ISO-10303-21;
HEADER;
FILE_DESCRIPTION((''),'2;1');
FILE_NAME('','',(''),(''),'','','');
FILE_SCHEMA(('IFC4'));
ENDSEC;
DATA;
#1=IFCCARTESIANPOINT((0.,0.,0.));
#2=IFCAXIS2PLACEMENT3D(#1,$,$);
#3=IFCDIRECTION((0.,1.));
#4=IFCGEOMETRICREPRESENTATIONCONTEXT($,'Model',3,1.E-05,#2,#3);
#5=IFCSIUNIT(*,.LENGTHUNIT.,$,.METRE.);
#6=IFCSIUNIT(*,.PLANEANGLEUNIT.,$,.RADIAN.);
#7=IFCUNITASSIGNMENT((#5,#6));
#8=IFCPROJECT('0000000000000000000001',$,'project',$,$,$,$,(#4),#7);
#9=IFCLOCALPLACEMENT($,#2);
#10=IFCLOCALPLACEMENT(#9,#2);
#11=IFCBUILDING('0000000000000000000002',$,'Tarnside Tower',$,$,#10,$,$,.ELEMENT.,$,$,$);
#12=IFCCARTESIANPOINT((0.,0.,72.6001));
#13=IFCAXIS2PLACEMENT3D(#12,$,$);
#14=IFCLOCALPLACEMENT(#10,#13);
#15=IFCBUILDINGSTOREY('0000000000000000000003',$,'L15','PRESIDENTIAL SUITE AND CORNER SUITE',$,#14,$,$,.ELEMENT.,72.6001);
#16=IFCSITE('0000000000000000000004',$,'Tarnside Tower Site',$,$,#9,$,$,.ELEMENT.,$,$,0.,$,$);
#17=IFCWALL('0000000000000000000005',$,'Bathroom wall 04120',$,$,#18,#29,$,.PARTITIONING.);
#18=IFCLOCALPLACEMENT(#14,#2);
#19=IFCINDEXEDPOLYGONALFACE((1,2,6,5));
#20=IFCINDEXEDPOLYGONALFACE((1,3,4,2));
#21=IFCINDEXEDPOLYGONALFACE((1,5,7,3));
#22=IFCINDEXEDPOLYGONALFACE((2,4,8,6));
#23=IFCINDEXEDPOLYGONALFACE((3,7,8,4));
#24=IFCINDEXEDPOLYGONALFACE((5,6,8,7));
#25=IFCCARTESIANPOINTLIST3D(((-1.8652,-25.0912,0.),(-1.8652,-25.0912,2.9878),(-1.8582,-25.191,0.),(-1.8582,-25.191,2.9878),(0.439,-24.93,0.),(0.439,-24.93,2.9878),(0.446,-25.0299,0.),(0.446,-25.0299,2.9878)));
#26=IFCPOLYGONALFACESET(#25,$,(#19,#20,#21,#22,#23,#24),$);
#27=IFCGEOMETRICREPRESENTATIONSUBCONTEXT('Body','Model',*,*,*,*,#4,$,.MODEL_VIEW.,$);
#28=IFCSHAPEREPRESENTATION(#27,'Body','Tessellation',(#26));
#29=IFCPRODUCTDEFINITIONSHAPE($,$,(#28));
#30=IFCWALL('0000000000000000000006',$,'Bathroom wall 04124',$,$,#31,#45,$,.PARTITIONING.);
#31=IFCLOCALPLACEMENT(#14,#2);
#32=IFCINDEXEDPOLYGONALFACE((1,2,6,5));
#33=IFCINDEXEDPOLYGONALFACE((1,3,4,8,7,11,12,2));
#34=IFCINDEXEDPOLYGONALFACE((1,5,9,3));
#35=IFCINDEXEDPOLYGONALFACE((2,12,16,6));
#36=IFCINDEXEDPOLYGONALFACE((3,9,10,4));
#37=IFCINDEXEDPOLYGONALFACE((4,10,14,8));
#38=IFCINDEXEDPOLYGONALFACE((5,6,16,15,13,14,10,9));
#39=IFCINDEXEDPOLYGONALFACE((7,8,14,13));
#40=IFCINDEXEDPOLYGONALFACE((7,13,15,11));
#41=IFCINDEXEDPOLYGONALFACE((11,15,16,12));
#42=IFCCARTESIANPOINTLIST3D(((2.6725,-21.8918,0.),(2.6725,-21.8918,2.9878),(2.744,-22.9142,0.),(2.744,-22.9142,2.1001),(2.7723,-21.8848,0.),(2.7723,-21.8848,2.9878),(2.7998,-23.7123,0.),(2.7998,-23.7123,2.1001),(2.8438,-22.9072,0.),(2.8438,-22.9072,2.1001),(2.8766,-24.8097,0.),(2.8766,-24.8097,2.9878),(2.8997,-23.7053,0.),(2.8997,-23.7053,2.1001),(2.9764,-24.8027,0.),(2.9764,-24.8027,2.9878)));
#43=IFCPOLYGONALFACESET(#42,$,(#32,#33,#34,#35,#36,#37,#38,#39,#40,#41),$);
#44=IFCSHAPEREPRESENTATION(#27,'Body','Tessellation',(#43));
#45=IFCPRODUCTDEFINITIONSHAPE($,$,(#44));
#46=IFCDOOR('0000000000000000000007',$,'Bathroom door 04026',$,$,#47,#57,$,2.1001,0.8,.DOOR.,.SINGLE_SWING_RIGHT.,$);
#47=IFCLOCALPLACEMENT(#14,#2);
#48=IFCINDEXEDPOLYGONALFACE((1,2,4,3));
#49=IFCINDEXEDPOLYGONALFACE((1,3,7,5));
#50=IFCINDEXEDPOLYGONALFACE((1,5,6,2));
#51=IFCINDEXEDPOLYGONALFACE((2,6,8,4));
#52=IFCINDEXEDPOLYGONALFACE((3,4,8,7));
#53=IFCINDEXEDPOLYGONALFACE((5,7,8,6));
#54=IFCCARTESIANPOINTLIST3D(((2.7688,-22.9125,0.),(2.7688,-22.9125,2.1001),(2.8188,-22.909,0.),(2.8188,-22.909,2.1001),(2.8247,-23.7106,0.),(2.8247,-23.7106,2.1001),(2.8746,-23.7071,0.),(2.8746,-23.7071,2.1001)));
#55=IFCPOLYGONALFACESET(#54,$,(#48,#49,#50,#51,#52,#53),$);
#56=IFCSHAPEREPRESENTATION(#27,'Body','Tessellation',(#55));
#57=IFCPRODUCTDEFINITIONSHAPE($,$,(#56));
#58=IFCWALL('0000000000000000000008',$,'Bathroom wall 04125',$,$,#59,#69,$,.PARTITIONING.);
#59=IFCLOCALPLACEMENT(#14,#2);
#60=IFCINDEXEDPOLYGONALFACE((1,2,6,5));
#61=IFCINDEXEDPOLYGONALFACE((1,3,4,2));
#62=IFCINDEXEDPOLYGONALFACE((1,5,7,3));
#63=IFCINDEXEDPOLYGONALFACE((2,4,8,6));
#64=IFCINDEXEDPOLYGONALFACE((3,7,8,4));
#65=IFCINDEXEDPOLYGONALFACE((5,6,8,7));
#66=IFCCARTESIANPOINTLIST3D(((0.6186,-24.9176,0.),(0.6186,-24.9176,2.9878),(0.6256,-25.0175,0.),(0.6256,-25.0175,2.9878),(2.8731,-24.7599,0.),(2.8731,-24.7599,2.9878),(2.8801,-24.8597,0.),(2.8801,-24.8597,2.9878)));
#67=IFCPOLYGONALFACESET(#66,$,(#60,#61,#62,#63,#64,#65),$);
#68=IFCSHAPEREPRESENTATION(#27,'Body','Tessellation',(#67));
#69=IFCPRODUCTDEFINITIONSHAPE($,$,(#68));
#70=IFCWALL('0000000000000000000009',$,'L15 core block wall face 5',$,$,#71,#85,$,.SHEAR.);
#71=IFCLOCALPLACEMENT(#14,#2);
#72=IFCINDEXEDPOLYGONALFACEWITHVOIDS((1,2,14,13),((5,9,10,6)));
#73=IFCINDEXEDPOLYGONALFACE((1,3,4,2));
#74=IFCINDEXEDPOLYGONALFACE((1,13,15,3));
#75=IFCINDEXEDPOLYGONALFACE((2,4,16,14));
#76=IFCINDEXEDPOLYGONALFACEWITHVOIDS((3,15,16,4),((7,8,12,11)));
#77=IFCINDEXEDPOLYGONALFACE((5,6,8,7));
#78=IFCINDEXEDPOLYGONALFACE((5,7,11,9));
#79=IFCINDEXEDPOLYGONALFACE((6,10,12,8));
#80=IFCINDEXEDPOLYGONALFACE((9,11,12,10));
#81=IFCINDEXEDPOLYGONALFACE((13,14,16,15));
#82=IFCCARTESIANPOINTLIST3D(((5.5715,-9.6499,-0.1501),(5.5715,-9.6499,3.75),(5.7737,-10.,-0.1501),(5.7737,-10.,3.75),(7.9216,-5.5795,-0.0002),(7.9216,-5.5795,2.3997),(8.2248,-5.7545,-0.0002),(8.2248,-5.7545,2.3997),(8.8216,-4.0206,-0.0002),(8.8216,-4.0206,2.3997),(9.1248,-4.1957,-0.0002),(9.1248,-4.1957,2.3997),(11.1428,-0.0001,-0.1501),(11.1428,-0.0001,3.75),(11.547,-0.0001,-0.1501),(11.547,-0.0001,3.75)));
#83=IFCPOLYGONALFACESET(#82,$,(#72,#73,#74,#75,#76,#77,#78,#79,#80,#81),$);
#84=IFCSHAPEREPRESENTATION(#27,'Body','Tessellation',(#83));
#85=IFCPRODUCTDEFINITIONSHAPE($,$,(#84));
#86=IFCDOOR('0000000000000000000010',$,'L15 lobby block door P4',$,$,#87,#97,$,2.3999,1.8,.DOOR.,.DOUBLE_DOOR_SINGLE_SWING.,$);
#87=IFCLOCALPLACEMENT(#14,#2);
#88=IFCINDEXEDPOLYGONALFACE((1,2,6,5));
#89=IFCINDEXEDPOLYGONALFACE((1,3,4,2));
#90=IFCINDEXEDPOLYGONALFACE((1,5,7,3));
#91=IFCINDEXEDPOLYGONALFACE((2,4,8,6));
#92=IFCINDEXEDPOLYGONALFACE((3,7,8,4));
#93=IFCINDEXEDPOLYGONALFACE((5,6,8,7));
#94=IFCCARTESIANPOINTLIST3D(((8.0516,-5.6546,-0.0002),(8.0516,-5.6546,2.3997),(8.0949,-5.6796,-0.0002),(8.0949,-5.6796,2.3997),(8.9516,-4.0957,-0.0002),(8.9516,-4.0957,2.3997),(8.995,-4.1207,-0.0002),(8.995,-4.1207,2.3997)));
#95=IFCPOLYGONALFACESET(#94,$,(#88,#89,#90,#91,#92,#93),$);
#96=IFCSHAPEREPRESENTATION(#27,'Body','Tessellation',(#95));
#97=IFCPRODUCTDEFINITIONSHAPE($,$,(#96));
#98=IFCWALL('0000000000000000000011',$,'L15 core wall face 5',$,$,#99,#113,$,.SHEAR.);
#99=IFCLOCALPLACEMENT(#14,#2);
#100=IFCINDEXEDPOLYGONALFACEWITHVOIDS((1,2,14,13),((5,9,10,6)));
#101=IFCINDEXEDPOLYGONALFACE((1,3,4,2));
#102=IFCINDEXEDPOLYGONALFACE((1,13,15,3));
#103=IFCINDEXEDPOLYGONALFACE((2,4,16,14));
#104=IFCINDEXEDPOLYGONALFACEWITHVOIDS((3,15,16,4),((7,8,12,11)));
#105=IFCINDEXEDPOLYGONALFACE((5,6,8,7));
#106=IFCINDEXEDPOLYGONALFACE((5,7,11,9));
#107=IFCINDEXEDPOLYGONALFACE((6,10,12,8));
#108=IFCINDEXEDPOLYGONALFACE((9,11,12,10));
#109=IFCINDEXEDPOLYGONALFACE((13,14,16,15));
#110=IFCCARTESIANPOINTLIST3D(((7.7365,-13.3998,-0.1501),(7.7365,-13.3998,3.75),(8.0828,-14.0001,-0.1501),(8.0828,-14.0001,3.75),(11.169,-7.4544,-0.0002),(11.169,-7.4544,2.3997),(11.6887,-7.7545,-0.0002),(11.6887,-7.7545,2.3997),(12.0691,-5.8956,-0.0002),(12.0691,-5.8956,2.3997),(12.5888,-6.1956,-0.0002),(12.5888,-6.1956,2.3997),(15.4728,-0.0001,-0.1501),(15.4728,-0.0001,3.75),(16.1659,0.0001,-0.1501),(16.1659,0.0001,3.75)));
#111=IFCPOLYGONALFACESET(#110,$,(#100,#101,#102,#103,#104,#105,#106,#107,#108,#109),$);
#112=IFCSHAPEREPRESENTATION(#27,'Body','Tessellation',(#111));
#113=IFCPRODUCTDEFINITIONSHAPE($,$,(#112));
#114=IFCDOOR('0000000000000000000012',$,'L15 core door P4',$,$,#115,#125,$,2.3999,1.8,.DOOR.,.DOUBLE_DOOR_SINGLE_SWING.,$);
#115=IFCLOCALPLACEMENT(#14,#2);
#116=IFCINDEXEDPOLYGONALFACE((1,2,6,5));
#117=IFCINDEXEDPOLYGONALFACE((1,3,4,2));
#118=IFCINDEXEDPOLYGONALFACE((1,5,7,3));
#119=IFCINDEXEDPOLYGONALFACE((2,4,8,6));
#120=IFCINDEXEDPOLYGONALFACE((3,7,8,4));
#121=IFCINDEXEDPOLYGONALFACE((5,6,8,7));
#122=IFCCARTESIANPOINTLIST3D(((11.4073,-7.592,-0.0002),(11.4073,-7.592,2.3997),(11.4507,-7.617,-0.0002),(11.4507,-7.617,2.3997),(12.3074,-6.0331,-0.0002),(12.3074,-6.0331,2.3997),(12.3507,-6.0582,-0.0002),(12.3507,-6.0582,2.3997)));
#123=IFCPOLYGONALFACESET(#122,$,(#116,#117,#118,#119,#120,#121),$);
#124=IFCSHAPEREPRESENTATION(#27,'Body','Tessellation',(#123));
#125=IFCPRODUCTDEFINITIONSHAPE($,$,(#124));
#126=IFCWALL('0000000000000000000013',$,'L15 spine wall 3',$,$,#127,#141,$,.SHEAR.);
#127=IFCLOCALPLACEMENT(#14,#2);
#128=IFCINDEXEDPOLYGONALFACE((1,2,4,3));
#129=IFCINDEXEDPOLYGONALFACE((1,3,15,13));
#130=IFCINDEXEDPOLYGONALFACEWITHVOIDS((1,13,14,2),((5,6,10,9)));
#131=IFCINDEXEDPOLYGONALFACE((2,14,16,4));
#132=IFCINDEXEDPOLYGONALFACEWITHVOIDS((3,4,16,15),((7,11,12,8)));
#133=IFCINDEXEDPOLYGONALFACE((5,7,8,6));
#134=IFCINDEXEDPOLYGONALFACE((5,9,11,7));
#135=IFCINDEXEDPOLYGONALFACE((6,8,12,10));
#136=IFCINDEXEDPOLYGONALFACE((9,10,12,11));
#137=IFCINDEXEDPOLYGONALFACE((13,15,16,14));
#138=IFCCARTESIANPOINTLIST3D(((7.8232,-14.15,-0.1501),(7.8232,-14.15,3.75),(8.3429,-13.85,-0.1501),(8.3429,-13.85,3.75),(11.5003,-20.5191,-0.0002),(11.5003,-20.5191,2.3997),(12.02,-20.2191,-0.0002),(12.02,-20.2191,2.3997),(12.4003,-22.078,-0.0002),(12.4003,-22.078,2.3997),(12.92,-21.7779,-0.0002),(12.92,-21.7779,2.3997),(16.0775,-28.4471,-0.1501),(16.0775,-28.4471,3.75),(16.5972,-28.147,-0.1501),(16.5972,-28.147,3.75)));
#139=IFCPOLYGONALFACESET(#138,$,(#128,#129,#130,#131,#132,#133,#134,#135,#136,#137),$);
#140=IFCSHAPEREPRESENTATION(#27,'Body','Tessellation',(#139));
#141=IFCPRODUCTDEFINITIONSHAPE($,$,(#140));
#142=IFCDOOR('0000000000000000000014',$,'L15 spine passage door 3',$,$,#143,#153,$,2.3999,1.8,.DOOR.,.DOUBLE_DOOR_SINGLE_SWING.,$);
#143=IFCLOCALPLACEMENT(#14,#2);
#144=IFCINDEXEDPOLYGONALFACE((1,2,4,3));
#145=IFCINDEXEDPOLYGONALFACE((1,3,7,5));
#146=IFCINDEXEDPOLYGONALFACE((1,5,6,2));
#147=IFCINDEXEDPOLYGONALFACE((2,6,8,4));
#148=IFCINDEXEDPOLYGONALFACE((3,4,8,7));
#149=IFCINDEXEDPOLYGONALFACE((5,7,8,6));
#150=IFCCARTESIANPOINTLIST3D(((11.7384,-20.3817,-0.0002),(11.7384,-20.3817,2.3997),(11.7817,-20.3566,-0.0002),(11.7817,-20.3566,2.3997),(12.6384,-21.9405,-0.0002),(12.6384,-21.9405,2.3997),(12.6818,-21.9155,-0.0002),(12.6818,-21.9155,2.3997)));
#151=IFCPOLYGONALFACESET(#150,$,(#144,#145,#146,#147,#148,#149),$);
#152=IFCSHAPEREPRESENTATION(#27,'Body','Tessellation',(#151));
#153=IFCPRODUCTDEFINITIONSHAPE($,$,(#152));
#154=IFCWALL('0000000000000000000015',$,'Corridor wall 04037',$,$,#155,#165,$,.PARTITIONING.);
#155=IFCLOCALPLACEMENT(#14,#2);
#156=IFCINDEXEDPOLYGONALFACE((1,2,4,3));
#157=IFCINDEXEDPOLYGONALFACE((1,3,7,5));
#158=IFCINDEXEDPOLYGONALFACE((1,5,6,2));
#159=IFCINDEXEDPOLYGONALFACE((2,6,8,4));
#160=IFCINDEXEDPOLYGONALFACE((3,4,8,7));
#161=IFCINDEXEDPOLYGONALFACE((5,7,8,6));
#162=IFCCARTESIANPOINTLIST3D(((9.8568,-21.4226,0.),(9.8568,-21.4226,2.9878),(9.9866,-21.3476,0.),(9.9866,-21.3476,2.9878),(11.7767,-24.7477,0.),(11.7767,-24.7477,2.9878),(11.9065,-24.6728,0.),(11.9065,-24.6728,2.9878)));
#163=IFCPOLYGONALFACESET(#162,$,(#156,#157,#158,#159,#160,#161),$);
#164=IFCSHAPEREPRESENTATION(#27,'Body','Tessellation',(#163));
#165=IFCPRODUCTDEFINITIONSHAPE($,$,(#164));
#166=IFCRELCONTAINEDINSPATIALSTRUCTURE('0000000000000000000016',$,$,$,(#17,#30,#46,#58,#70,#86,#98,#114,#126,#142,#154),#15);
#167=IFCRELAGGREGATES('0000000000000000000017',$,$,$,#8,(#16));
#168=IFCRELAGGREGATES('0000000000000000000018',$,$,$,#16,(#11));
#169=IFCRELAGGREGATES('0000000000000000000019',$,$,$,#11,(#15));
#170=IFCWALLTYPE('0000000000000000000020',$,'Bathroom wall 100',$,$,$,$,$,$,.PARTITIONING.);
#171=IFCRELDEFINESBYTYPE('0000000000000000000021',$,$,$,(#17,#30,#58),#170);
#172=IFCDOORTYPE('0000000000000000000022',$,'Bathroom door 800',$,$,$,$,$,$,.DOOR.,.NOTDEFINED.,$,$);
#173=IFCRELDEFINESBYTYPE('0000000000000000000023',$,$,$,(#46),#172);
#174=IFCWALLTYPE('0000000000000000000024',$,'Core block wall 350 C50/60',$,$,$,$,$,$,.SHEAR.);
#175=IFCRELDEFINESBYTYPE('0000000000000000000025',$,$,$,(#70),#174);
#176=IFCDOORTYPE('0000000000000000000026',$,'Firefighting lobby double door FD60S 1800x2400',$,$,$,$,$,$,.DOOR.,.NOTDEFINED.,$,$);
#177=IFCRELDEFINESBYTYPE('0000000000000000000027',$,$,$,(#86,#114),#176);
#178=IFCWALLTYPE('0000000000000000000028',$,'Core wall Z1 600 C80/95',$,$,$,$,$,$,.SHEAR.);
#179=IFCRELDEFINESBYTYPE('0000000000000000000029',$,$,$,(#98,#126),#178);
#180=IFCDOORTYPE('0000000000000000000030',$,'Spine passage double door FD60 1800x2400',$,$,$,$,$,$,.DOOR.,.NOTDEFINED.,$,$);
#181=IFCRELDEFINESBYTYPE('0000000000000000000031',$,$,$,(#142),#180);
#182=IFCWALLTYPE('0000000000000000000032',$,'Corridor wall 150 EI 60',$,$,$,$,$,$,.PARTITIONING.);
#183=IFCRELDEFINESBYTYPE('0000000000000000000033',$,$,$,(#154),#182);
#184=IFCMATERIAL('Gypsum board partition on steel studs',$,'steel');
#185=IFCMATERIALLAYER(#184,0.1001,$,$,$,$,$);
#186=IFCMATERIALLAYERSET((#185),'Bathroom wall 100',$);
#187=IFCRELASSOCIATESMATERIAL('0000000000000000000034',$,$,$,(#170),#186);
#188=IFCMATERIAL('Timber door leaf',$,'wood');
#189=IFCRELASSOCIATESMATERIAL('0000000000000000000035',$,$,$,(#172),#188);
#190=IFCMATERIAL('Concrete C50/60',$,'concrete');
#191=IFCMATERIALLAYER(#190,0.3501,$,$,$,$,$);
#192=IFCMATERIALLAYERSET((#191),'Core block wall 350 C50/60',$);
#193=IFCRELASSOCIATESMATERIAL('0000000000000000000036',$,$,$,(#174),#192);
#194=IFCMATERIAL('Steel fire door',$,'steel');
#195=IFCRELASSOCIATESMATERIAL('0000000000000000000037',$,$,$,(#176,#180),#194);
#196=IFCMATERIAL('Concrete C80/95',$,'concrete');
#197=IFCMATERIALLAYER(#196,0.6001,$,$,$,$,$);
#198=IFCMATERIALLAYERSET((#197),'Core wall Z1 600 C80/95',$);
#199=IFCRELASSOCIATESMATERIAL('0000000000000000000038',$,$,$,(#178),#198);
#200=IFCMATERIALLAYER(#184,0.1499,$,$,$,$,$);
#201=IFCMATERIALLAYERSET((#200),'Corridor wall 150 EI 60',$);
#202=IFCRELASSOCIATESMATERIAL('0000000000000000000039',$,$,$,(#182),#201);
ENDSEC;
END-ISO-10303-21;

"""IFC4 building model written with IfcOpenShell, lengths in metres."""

from ifc_helpers import new_model, si_unit, direction, frame, frame_2d, origin, place, context, subcontext, project, spatial, polyline, rectangle, outline, extrude, material, layer, layer_set, type_object, element, fill, save


model = new_model("IFC4")

# Units and contexts
model_context = context("Model", 3, precision=1e-05, world=origin(), true_north=direction((0.0, 1.0)))
body_context = subcontext(model_context, "Body", "Model", "MODEL_VIEW")
ifc_project = project(units=[si_unit("LENGTHUNIT", "METRE"), si_unit("PLANEANGLEUNIT", "RADIAN")], contexts=[model_context])

# Site, building, storey
site_placement = place(None, origin())
site = spatial("IfcSite", under=ifc_project, at=site_placement, Name="Tarnside Tower Site", CompositionType="ELEMENT", RefElevation=0.0)
building_placement = place(site_placement, origin())
building = spatial("IfcBuilding", under=site, at=building_placement, Name="Tarnside Tower", CompositionType="ELEMENT")
storey_placement = place(building_placement, frame((0.0, 0.0, 72.6001)))
storey = spatial("IfcBuildingStorey", under=building, at=storey_placement, Name="L15", Description="PRESIDENTIAL SUITE AND CORNER SUITE", CompositionType="ELEMENT", Elevation=72.6001)

# Wall
ifc_material_1 = material(Name="Gypsum board partition on steel studs", Category="steel")
ifc_layer_1 = layer(ifc_material_1, 0.1001)
ifc_layer_set_1 = layer_set([ifc_layer_1], Name="Bathroom wall 100")
wall_type_1 = type_object("IfcWallType", Name="Bathroom wall 100", PredefinedType="PARTITIONING", material=ifc_layer_set_1)
wall_1_placement = place(storey_placement, frame((0.4424, -24.98, 0.0), z_axis=(0.0, 0.0, 1.0), x_axis=(-0.997564, -0.06976, 0.0)))
element("IfcWall", 1, at=wall_1_placement, inside=storey, type_object=wall_type_1, Name="Bathroom wall 04120", PredefinedType="PARTITIONING", context=body_context, shape_type="SweptSolid", body=[
    extrude(rectangle(XDim=2.3098, YDim=0.1001, at=frame_2d((1.1548, 0.0))), origin(), (0.0, 0.0, 1.0), 2.9878),
])

# Wall, opening, door
wall_2_placement = place(storey_placement, frame((2.7224, -21.8884, 0.0), z_axis=(0.0, 0.0, 1.0), x_axis=(0.069776, -0.997563, 0.0)))
wall_2 = element("IfcWall", 2, at=wall_2_placement, inside=storey, type_object=wall_type_1, Name="Bathroom wall 04124", PredefinedType="PARTITIONING", context=body_context, shape_type="SweptSolid", body=[
    extrude(rectangle(XDim=2.925, YDim=0.1001, at=frame_2d((1.4624, 0.0))), origin(), (0.0, 0.0, 1.0), 2.9878),
])
opening_1_placement = place(wall_2_placement, frame((1.0249, 0.0, 0.0)))
opening_1 = element("IfcOpeningElement", 3, at=opening_1_placement, cuts=wall_2, PredefinedType="OPENING", context=body_context, shape_type="SweptSolid", body=[
    extrude(rectangle(XDim=0.8, YDim=2.1001, at=frame_2d((0.3999, 1.05))), frame((0.0, 0.0601, 0.0), z_axis=(0.0, -1.0, 0.0), x_axis=(1.0, 0.0, 0.0)), (0.0, 0.0, 1.0), 0.1201),
])
ifc_material_2 = material(Name="Timber door leaf", Category="wood")
door_type_1 = type_object("IfcDoorType", Name="Bathroom door 800", OperationType="NOTDEFINED", PredefinedType="DOOR", material=ifc_material_2)
door_1_placement = place(opening_1_placement, origin())
door_1 = element("IfcDoor", 4, at=door_1_placement, inside=storey, type_object=door_type_1, Name="Bathroom door 04026", OperationType="SINGLE_SWING_RIGHT", OverallHeight=2.1001, OverallWidth=0.8, PredefinedType="DOOR", context=body_context, shape_type="SweptSolid", body=[
    extrude(rectangle(XDim=0.8, YDim=2.1001, at=frame_2d((0.3999, 1.05))), frame((0.0, 0.0249, 0.0), z_axis=(0.0, -1.0, 0.0), x_axis=(1.0, 0.0, 0.0)), (0.0, 0.0, 1.0), 0.05),
])
fill(opening_1, door_1)

# Wall
wall_3_placement = place(storey_placement, frame((2.8765, -24.8098, 0.0), z_axis=(0.0, 0.0, 1.0), x_axis=(-0.997562, -0.069788, 0.0)))
element("IfcWall", 5, at=wall_3_placement, inside=storey, type_object=wall_type_1, Name="Bathroom wall 04125", PredefinedType="PARTITIONING", context=body_context, shape_type="SweptSolid", body=[
    extrude(rectangle(XDim=2.26, YDim=0.1001, at=frame_2d((1.1299, 0.0))), origin(), (0.0, 0.0, 1.0), 2.9878),
])

# Walls, openings, doors
ifc_material_3 = material(Name="Concrete C50/60", Category="concrete")
ifc_layer_2 = layer(ifc_material_3, 0.3501)
ifc_layer_set_2 = layer_set([ifc_layer_2], Name="Core block wall 350 C50/60")
wall_type_2 = type_object("IfcWallType", Name="Core block wall 350 C50/60", PredefinedType="SHEAR", material=ifc_layer_set_2)
wall_4_placement = place(storey_placement, frame((5.6726, -9.825, -0.1501), z_axis=(0.0, 0.0, 1.0), x_axis=(0.499995, 0.866028, 0.0)))
wall_4 = element("IfcWall", 6, at=wall_4_placement, inside=storey, type_object=wall_type_2, Name="L15 core block wall face 5", PredefinedType="SHEAR", context=body_context, shape_type="SweptSolid", body=[
    extrude(outline(polyline([(-0.1011, -0.175), (11.4458, -0.175), (11.2437, 0.175), (0.1011, 0.175), (-0.1011, -0.175)])), origin(), (0.0, 0.0, 1.0), 3.9001),
])
opening_2_placement = place(wall_4_placement, frame((4.8013, 0.0, 0.1499)))
opening_2 = element("IfcOpeningElement", 7, at=opening_2_placement, cuts=wall_4, PredefinedType="OPENING", context=body_context, shape_type="SweptSolid", body=[
    extrude(rectangle(XDim=1.8, YDim=2.3999, at=frame_2d((0.8999, 1.2))), frame((0.0, 0.1851, 0.0), z_axis=(0.0, -1.0, 0.0), x_axis=(1.0, 0.0, 0.0)), (0.0, 0.0, 1.0), 0.3701),
])
ifc_material_4 = material(Name="Steel fire door", Category="steel")
door_type_2 = type_object("IfcDoorType", Name="Firefighting lobby double door FD60S 1800x2400", OperationType="NOTDEFINED", PredefinedType="DOOR", material=ifc_material_4)
door_2_placement = place(opening_2_placement, origin())
door_2 = element("IfcDoor", 8, at=door_2_placement, inside=storey, type_object=door_type_2, Name="L15 lobby block door P4", OperationType="DOUBLE_DOOR_SINGLE_SWING", OverallHeight=2.3999, OverallWidth=1.8, PredefinedType="DOOR", context=body_context, shape_type="SweptSolid", body=[
    extrude(rectangle(XDim=1.8, YDim=2.3999, at=frame_2d((0.8999, 1.2))), frame((0.0, 0.0249, 0.0), z_axis=(0.0, -1.0, 0.0), x_axis=(1.0, 0.0, 0.0)), (0.0, 0.0, 1.0), 0.05),
])
fill(opening_2, door_2)
ifc_material_5 = material(Name="Concrete C80/95", Category="concrete")
ifc_layer_3 = layer(ifc_material_5, 0.6001)
ifc_layer_set_3 = layer_set([ifc_layer_3], Name="Core wall Z1 600 C80/95")
wall_type_3 = type_object("IfcWallType", Name="Core wall Z1 600 C80/95", PredefinedType="SHEAR", material=ifc_layer_set_3)
wall_5_placement = place(storey_placement, frame((7.9097, -13.7, -0.1501), z_axis=(0.0, 0.0, 1.0), x_axis=(0.5, 0.866025, 0.0)))
wall_5 = element("IfcWall", 9, at=wall_5_placement, inside=storey, type_object=wall_type_3, Name="L15 core wall face 5", PredefinedType="SHEAR", context=body_context, shape_type="SweptSolid", body=[
    extrude(outline(polyline([(-0.1733, -0.3), (15.9927, -0.3), (15.646, 0.3), (0.1733, 0.3), (-0.1733, -0.3)])), origin(), (0.0, 0.0, 1.0), 3.9001),
])
opening_3_placement = place(wall_5_placement, frame((7.0386, 0.0, 0.1499)))
opening_3 = element("IfcOpeningElement", 10, at=opening_3_placement, cuts=wall_5, PredefinedType="OPENING", context=body_context, shape_type="SweptSolid", body=[
    extrude(rectangle(XDim=1.8, YDim=2.3999, at=frame_2d((0.8999, 1.2))), frame((0.0, 0.3101, 0.0), z_axis=(0.0, -1.0, 0.0), x_axis=(1.0, 0.0, 0.0)), (0.0, 0.0, 1.0), 0.6201),
])
door_3_placement = place(opening_3_placement, origin())
door_3 = element("IfcDoor", 11, at=door_3_placement, inside=storey, type_object=door_type_2, Name="L15 core door P4", OperationType="DOUBLE_DOOR_SINGLE_SWING", OverallHeight=2.3999, OverallWidth=1.8, PredefinedType="DOOR", context=body_context, shape_type="SweptSolid", body=[
    extrude(rectangle(XDim=1.8, YDim=2.3999, at=frame_2d((0.8999, 1.2))), frame((0.0, 0.0249, 0.0), z_axis=(0.0, -1.0, 0.0), x_axis=(1.0, 0.0, 0.0)), (0.0, 0.0, 1.0), 0.05),
])
fill(opening_3, door_3)
wall_6_placement = place(storey_placement, frame((8.083, -14.0, -0.1501), z_axis=(0.0, 0.0, 1.0), x_axis=(0.499998, -0.866027, 0.0)))
wall_6 = element("IfcWall", 12, at=wall_6_placement, inside=storey, type_object=wall_type_3, Name="L15 spine wall 3", PredefinedType="SHEAR", context=body_context, shape_type="SweptSolid", body=[
    extrude(rectangle(XDim=16.5088, YDim=0.6001, at=frame_2d((8.2544, 0.0))), origin(), (0.0, 0.0, 1.0), 3.9001),
])
opening_4_placement = place(wall_6_placement, frame((7.3545, 0.0, 0.1499)))
opening_4 = element("IfcOpeningElement", 13, at=opening_4_placement, cuts=wall_6, PredefinedType="OPENING", context=body_context, shape_type="SweptSolid", body=[
    extrude(rectangle(XDim=1.8, YDim=2.3999, at=frame_2d((0.8999, 1.2))), frame((0.0, 0.3101, 0.0), z_axis=(0.0, -1.0, 0.0), x_axis=(1.0, 0.0, 0.0)), (0.0, 0.0, 1.0), 0.6201),
])
door_type_3 = type_object("IfcDoorType", Name="Spine passage double door FD60 1800x2400", OperationType="NOTDEFINED", PredefinedType="DOOR", material=ifc_material_4)
door_4_placement = place(opening_4_placement, origin())
door_4 = element("IfcDoor", 14, at=door_4_placement, inside=storey, type_object=door_type_3, Name="L15 spine passage door 3", OperationType="DOUBLE_DOOR_SINGLE_SWING", OverallHeight=2.3999, OverallWidth=1.8, PredefinedType="DOOR", context=body_context, shape_type="SweptSolid", body=[
    extrude(rectangle(XDim=1.8, YDim=2.3999, at=frame_2d((0.8999, 1.2))), frame((0.0, 0.0249, 0.0), z_axis=(0.0, -1.0, 0.0), x_axis=(1.0, 0.0, 0.0)), (0.0, 0.0, 1.0), 0.05),
])
fill(opening_4, door_4)

# Wall
ifc_layer_4 = layer(ifc_material_1, 0.1499)
ifc_layer_set_4 = layer_set([ifc_layer_4], Name="Corridor wall 150 EI 60")
wall_type_4 = type_object("IfcWallType", Name="Corridor wall 150 EI 60", PredefinedType="PARTITIONING", material=ifc_layer_set_4)
wall_7_placement = place(storey_placement, frame((9.9216, -21.385, 0.0), z_axis=(0.0, 0.0, 1.0), x_axis=(0.500023, -0.866012, 0.0)))
element("IfcWall", 15, at=wall_7_placement, inside=storey, type_object=wall_type_4, Name="Corridor wall 04037", PredefinedType="PARTITIONING", context=body_context, shape_type="SweptSolid", body=[
    extrude(rectangle(XDim=3.8396, YDim=0.1499, at=frame_2d((1.9199, 0.0))), origin(), (0.0, 0.0, 1.0), 2.9878),
])

save(model, "model.ifc")
